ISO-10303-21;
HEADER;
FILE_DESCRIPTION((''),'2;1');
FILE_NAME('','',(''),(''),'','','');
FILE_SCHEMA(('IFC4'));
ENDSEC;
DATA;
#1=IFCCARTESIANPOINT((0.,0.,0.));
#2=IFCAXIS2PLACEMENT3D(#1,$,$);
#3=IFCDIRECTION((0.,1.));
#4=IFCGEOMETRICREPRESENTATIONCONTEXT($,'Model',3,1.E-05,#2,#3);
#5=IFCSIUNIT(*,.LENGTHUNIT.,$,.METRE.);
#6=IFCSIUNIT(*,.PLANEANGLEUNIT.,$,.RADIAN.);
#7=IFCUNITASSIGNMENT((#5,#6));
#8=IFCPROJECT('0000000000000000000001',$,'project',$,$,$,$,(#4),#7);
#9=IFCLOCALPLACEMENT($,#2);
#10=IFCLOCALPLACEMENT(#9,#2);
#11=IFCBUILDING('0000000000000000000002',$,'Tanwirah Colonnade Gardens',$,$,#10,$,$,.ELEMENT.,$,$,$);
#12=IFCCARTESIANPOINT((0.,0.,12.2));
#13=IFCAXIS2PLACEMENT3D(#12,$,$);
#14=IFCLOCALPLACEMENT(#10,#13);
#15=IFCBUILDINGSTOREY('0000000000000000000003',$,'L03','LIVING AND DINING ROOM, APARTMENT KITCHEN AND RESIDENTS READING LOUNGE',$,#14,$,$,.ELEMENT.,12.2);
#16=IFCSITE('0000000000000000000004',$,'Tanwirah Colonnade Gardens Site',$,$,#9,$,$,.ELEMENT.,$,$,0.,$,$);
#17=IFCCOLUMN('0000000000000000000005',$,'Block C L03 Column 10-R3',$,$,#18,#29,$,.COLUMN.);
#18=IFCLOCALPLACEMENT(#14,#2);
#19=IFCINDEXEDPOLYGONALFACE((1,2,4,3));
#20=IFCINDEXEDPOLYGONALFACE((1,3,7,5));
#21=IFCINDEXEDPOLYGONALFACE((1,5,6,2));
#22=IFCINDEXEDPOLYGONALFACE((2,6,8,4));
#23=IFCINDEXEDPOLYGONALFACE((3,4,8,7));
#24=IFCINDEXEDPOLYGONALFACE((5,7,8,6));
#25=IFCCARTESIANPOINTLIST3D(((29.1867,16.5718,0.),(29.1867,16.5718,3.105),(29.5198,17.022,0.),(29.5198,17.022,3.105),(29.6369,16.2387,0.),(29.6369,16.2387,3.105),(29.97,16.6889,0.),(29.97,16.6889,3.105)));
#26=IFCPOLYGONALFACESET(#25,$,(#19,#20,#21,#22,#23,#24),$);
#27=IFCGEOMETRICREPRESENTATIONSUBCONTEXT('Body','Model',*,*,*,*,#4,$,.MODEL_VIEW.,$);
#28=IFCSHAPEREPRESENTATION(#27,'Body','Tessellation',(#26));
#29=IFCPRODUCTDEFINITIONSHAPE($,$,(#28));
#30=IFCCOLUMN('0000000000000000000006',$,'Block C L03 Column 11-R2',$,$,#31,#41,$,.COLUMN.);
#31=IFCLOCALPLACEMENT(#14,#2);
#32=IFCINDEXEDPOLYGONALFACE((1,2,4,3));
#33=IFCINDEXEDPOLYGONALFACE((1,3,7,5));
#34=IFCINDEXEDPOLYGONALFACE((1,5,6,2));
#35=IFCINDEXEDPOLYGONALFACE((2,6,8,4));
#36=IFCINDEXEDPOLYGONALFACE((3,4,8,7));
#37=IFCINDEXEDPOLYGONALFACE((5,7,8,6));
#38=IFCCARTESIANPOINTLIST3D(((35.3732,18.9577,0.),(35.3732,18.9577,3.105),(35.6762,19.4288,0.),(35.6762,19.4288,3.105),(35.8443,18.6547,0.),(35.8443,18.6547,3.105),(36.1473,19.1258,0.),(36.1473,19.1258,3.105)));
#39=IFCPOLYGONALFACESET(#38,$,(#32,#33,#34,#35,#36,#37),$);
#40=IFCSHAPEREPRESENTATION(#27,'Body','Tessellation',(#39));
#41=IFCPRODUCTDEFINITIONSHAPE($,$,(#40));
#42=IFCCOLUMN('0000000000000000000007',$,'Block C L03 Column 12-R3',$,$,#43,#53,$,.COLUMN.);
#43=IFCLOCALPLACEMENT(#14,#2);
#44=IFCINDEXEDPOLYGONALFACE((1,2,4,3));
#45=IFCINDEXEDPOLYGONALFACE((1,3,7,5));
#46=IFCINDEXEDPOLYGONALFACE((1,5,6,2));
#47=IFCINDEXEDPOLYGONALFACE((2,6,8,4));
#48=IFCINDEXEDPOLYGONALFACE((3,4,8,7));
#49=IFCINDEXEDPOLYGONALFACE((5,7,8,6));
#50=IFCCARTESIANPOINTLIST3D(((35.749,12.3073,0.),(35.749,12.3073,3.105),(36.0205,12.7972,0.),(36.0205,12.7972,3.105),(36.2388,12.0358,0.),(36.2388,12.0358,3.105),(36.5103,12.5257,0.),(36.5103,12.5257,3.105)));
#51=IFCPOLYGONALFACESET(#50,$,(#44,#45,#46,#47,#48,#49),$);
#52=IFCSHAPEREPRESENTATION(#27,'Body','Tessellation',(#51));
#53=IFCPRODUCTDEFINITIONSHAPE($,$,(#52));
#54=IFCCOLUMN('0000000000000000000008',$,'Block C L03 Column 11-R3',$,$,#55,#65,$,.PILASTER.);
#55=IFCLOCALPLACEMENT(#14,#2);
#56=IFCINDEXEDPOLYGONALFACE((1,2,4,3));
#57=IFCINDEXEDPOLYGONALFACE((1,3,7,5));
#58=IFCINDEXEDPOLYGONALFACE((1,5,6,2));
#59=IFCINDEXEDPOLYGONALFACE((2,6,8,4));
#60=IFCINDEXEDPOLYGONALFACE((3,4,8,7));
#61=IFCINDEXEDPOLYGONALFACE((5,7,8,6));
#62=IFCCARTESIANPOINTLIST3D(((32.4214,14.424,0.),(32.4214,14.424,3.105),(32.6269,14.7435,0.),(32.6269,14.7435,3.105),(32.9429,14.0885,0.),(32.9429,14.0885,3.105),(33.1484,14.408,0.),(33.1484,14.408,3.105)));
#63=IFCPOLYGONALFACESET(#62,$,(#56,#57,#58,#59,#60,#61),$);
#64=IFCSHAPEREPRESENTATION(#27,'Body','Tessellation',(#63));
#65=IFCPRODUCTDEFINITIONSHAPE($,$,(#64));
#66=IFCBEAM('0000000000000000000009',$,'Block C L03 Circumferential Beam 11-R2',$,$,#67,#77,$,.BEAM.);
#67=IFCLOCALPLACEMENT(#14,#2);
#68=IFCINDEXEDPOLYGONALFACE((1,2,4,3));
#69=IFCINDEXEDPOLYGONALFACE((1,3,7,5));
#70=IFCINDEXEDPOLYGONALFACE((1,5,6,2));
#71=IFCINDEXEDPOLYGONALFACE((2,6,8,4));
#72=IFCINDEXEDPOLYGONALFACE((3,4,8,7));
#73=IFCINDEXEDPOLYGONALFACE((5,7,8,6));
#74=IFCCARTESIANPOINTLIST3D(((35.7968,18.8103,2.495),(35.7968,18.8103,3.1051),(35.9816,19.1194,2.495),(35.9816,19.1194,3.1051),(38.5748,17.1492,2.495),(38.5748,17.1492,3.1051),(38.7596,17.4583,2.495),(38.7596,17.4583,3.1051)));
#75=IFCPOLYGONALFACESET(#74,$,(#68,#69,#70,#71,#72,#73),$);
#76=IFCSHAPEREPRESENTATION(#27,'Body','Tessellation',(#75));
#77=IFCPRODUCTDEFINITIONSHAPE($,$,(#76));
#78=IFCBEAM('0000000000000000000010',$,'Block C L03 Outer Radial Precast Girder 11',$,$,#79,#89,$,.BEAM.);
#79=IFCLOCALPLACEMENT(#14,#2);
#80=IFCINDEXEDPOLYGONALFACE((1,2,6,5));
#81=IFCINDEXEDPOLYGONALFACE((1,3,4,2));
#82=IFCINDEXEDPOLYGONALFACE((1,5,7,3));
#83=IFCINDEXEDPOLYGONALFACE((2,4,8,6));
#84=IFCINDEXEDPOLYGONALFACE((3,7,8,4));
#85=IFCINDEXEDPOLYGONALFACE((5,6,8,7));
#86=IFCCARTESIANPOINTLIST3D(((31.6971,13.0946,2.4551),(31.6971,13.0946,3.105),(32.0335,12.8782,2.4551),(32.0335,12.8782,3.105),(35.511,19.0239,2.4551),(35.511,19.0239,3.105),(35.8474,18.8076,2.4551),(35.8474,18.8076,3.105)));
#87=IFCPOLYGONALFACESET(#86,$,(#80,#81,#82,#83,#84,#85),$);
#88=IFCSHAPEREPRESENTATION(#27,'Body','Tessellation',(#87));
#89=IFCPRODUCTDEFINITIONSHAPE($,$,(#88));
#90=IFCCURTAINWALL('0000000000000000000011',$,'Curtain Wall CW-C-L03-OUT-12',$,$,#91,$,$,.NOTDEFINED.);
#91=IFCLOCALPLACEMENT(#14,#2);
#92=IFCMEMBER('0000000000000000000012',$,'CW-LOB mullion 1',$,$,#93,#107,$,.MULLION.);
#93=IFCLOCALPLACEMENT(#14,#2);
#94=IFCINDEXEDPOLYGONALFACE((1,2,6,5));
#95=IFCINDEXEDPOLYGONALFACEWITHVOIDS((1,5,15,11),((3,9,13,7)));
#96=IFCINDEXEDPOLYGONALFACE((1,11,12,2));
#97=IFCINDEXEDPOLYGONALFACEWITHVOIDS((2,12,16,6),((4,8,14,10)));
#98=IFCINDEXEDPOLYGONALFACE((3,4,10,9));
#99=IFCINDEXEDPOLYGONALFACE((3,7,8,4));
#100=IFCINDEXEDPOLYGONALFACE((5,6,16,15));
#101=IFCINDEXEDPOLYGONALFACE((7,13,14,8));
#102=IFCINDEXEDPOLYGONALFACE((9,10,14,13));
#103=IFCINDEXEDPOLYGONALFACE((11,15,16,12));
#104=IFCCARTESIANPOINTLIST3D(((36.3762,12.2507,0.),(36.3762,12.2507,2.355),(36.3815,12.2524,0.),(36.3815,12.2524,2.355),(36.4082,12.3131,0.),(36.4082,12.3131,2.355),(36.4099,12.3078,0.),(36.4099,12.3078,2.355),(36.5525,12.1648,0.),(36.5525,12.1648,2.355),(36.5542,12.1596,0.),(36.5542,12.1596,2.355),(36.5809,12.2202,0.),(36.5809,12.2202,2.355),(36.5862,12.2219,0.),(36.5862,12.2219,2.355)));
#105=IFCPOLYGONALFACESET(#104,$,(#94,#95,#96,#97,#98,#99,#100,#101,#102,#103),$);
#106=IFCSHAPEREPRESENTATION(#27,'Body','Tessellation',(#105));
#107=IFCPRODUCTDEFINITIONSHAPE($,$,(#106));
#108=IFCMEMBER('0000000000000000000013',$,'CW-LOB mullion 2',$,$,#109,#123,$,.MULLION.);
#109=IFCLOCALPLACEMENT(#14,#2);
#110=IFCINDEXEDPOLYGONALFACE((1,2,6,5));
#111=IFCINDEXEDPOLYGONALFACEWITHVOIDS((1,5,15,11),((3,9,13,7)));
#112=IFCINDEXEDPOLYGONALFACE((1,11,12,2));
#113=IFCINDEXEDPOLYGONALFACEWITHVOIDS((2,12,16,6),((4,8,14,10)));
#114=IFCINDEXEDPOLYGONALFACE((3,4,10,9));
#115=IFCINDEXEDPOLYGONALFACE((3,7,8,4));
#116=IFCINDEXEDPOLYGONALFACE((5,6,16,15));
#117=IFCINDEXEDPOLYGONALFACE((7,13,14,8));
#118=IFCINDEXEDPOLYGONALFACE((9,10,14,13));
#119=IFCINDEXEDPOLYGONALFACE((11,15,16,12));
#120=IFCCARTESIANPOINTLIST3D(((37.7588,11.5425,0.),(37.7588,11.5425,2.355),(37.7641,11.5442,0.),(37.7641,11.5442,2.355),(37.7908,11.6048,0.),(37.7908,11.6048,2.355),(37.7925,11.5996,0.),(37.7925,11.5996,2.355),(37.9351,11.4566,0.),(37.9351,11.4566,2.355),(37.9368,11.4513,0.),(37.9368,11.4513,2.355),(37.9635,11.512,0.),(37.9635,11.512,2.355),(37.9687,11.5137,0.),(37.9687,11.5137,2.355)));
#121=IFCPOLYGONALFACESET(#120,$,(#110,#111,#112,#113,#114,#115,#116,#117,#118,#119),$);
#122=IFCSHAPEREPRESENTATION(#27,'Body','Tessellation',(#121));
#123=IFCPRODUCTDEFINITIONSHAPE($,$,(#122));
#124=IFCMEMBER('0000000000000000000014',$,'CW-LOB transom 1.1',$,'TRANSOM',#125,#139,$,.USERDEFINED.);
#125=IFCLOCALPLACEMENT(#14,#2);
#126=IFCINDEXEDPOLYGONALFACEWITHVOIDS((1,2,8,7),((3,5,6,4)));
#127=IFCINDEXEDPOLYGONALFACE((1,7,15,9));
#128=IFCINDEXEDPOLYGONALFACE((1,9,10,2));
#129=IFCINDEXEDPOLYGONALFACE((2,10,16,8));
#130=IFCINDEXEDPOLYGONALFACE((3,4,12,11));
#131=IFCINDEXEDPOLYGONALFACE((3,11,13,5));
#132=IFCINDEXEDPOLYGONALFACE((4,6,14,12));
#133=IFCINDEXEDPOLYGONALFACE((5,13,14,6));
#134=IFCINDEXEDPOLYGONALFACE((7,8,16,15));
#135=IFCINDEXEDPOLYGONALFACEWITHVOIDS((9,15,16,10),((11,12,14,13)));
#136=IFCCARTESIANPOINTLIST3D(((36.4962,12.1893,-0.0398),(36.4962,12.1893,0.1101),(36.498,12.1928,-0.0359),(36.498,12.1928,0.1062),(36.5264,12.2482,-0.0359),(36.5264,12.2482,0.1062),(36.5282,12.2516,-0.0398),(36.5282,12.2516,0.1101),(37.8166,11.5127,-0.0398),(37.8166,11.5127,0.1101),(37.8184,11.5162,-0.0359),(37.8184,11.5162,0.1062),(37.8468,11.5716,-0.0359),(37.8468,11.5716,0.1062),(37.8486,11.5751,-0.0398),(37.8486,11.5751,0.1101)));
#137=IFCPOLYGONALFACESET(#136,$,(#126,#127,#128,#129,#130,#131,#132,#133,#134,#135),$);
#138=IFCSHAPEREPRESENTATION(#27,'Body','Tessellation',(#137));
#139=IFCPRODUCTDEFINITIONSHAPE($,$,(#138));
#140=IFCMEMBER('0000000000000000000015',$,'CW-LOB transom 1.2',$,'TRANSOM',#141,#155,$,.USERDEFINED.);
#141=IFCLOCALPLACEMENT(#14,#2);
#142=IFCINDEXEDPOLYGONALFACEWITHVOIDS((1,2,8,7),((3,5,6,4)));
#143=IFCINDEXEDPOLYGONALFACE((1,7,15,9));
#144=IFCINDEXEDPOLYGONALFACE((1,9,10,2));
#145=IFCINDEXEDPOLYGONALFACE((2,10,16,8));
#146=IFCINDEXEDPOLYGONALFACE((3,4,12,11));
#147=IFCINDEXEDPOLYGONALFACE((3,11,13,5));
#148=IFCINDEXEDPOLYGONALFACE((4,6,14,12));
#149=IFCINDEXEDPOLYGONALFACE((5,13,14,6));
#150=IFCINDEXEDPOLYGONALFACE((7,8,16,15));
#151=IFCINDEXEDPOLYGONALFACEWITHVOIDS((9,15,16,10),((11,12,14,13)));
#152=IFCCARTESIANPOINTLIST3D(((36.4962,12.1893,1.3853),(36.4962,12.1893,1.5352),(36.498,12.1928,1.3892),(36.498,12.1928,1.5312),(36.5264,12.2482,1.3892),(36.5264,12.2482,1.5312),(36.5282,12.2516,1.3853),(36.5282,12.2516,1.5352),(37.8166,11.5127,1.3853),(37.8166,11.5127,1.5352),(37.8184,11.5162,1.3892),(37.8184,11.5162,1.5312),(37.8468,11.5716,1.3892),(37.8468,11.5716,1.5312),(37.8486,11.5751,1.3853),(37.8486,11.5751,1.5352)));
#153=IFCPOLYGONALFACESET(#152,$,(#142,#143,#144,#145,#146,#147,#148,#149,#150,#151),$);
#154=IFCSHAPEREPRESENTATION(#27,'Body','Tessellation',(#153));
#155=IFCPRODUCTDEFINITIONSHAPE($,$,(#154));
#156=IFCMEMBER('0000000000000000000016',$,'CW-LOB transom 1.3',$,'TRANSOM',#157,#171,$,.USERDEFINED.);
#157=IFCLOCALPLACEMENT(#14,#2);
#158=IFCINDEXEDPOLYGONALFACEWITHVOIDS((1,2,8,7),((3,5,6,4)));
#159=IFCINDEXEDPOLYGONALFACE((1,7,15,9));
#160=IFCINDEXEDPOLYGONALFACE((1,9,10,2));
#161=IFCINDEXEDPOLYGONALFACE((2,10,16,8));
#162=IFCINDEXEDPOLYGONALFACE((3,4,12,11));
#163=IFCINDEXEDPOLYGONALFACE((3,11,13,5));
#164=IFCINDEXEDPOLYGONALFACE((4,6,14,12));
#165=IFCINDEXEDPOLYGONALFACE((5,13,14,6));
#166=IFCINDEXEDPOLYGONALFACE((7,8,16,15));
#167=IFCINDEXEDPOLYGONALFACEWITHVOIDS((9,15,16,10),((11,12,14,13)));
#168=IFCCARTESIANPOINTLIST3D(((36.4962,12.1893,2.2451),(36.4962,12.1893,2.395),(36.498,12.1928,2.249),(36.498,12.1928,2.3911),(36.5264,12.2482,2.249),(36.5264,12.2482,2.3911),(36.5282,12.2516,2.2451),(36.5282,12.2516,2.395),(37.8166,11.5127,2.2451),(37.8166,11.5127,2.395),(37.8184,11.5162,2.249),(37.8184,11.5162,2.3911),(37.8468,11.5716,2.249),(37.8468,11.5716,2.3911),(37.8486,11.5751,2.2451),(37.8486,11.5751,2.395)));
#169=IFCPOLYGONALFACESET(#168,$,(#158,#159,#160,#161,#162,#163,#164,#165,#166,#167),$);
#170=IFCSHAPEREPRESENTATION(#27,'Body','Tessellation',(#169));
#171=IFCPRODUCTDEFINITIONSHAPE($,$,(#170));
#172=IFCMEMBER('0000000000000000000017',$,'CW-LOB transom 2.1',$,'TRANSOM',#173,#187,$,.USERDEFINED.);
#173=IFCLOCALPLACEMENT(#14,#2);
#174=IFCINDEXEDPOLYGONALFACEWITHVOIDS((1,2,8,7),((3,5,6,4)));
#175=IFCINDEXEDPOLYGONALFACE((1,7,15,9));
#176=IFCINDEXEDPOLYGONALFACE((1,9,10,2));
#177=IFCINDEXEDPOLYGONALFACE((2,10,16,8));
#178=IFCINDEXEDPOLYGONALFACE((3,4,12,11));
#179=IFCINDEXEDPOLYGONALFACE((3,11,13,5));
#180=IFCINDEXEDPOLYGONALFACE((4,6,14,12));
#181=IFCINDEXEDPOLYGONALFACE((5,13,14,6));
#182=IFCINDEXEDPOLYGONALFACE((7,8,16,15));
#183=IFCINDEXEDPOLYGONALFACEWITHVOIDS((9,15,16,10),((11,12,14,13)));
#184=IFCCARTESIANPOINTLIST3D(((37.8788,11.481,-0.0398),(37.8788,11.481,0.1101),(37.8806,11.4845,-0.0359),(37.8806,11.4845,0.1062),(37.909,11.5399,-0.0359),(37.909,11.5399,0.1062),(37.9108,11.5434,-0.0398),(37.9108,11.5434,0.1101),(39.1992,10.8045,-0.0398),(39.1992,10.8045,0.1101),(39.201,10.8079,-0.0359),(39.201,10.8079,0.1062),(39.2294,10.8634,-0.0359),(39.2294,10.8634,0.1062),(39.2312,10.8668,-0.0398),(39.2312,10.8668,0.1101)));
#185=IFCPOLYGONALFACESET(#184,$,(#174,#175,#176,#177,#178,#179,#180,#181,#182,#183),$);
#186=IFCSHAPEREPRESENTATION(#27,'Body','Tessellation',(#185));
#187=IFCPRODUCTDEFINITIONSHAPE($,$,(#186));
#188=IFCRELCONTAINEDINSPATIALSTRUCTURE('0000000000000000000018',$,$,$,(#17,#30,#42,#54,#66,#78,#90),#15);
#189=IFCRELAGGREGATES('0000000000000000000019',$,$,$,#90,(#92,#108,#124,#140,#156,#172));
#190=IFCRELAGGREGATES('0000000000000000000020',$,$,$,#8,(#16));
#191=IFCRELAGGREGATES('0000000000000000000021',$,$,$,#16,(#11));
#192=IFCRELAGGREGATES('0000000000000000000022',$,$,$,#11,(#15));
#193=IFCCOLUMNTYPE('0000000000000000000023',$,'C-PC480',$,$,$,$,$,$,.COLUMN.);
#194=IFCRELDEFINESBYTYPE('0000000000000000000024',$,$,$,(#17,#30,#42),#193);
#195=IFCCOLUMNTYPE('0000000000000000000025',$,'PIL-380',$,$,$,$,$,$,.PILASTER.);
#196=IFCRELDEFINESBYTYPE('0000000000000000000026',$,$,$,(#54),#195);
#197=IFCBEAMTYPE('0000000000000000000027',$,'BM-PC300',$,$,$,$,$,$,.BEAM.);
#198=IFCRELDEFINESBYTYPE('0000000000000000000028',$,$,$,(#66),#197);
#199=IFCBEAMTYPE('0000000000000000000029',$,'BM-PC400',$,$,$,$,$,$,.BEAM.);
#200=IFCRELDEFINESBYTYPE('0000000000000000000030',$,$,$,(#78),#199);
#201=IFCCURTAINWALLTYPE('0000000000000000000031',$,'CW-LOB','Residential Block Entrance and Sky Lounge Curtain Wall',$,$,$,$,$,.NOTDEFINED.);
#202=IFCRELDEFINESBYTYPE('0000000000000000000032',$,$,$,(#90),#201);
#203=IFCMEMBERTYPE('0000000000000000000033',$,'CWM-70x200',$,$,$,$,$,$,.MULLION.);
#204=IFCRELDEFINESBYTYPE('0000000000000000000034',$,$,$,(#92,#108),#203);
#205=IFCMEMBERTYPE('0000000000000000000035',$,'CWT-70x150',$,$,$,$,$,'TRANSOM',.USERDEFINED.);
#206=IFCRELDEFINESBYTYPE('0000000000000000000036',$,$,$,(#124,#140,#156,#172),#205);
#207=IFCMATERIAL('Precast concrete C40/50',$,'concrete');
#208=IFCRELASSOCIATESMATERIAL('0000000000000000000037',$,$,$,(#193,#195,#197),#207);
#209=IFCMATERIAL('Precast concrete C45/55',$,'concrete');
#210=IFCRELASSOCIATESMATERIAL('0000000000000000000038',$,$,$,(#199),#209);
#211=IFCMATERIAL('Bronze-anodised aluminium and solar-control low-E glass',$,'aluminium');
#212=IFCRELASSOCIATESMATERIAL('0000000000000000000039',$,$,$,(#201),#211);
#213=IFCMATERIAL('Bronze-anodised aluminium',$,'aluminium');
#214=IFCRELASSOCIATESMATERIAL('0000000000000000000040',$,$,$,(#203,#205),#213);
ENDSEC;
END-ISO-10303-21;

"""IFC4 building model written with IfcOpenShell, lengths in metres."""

from ifc_helpers import new_model, si_unit, direction, frame, origin, origin_2d, place, context, subcontext, project, spatial, rectangle, hollow_rectangle, extrude, material, material_profile, profile_set, type_object, element, aggregate, save


model = new_model("IFC4")

# Units and contexts
model_context = context("Model", 3, precision=1e-05, world=origin(), true_north=direction((0.0, 1.0)))
body_context = subcontext(model_context, "Body", "Model", "MODEL_VIEW")
ifc_project = project(units=[si_unit("LENGTHUNIT", "METRE"), si_unit("PLANEANGLEUNIT", "RADIAN")], contexts=[model_context])

# Site, building, storey
site_placement = place(None, origin())
site = spatial("IfcSite", under=ifc_project, at=site_placement, Name="Tanwirah Colonnade Gardens Site", CompositionType="ELEMENT", RefElevation=0.0)
building_placement = place(site_placement, origin())
building = spatial("IfcBuilding", under=site, at=building_placement, Name="Tanwirah Colonnade Gardens", CompositionType="ELEMENT")
storey_placement = place(building_placement, frame((0.0, 0.0, 12.2)))
storey = spatial("IfcBuildingStorey", under=building, at=storey_placement, Name="L03", Description="LIVING AND DINING ROOM, APARTMENT KITCHEN AND RESIDENTS READING LOUNGE", CompositionType="ELEMENT", Elevation=12.2)

# Columns
ifc_material_1 = material(Name="Precast concrete C40/50", Category="concrete")
ifc_material_profile_1 = material_profile(ifc_material_1, rectangle(XDim=0.5601, YDim=0.5601, at=origin_2d()), Name="PC-COL 560x560")
ifc_profile_set_1 = profile_set([ifc_material_profile_1], Name="Precast concrete C40/50")
column_type_1 = type_object("IfcColumnType", Name="C-PC480", PredefinedType="COLUMN", material=ifc_profile_set_1)
for number, where, z_axis, x_axis, name in (
    (1, (29.5784, 16.6304, 0.0), (0.0, 0.0, 1.0), (-0.594823, -0.803857, 0.0), "Block C L03 Column 10-R3"),
    (2, (35.7603, 19.0417, 0.0), (0.0, 0.0, 1.0), (-0.540974, -0.841039, 0.0), "Block C L03 Column 11-R2"),
    (3, (36.1296, 12.4165, 0.0), (0.0, 0.0, 1.0), (-0.48481, -0.87462, 0.0), "Block C L03 Column 12-R3"),
):
    element("IfcColumn", number, at=place(storey_placement, frame(where, z_axis=z_axis, x_axis=x_axis)), inside=storey, type_object=column_type_1, Name=name, PredefinedType="COLUMN", context=body_context, shape_type="SweptSolid", body=[
        extrude(rectangle(XDim=0.5601, YDim=0.5601, at=origin_2d()), origin(), (0.0, 0.0, 1.0), 3.105),
    ])
ifc_material_profile_2 = material_profile(ifc_material_1, rectangle(XDim=0.3799, YDim=0.6201, at=origin_2d()), Name="PC-PIL 380x620")
ifc_profile_set_2 = profile_set([ifc_material_profile_2], Name="Precast concrete C40/50")
column_type_2 = type_object("IfcColumnType", Name="PIL-380", PredefinedType="PILASTER", material=ifc_profile_set_2)
column_placement = place(storey_placement, frame((32.7849, 14.416, 0.0), z_axis=(0.0, 0.0, 1.0), x_axis=(-0.540974, -0.841039, 0.0)))
element("IfcColumn", 4, at=column_placement, inside=storey, type_object=column_type_2, Name="Block C L03 Column 11-R3", PredefinedType="PILASTER", context=body_context, shape_type="SweptSolid", body=[
    extrude(rectangle(XDim=0.3799, YDim=0.6201, at=origin_2d()), origin(), (0.0, 0.0, 1.0), 3.105),
])

# Beams
ifc_material_profile_3 = material_profile(ifc_material_1, rectangle(XDim=0.3601, YDim=0.6101, at=origin_2d()), Name="PC-BM 360x610")
ifc_profile_set_3 = profile_set([ifc_material_profile_3], Name="Precast concrete C40/50")
beam_type_1 = type_object("IfcBeamType", Name="BM-PC300", PredefinedType="BEAM", material=ifc_profile_set_3)
beam_1_placement = place(storey_placement, frame((35.8892, 18.9648, 2.8), z_axis=(0.858271, -0.513197, 0.0), x_axis=(0.513197, 0.858271, 0.0)))
element("IfcBeam", 5, at=beam_1_placement, inside=storey, type_object=beam_type_1, Name="Block C L03 Circumferential Beam 11-R2", PredefinedType="BEAM", context=body_context, shape_type="SweptSolid", body=[
    extrude(rectangle(XDim=0.3601, YDim=0.6101, at=origin_2d()), origin(), (0.0, 0.0, 1.0), 3.2368),
])
ifc_material_2 = material(Name="Precast concrete C45/55", Category="concrete")
ifc_material_profile_4 = material_profile(ifc_material_2, rectangle(XDim=0.3999, YDim=0.6499, at=origin_2d()), Name="PC-BM 400x650")
ifc_profile_set_4 = profile_set([ifc_material_profile_4], Name="Precast concrete C45/55")
beam_type_2 = type_object("IfcBeamType", Name="BM-PC400", PredefinedType="BEAM", material=ifc_profile_set_4)
beam_2_placement = place(storey_placement, frame((35.6792, 18.9158, 2.78), z_axis=(-0.540976, -0.841038, 0.0), x_axis=(0.841038, -0.540976, 0.0)))
element("IfcBeam", 6, at=beam_2_placement, inside=storey, type_object=beam_type_2, Name="Block C L03 Outer Radial Precast Girder 11", PredefinedType="BEAM", context=body_context, shape_type="SweptSolid", body=[
    extrude(rectangle(XDim=0.3999, YDim=0.6499, at=origin_2d()), origin(), (0.0, 0.0, 1.0), 7.05),
])

# Curtain wall, members
ifc_material_3 = material(Name="Bronze-anodised aluminium and solar-control low-E glass", Category="aluminium")
curtain_wall_type = type_object("IfcCurtainWallType", Name="CW-LOB", Description="Residential Block Entrance and Sky Lounge Curtain Wall", PredefinedType="NOTDEFINED", material=ifc_material_3)
curtain_wall_placement = place(storey_placement, origin())
curtain_wall = element("IfcCurtainWall", 7, at=curtain_wall_placement, inside=storey, type_object=curtain_wall_type, Name="Curtain Wall CW-C-L03-OUT-12", PredefinedType="NOTDEFINED")
ifc_material_4 = material(Name="Bronze-anodised aluminium", Category="aluminium")
ifc_material_profile_5 = material_profile(ifc_material_4, hollow_rectangle(XDim=0.0701, YDim=0.2, WallThickness=0.0039, at=origin_2d()), Name="CW-MUL 70x200x4")
ifc_profile_set_5 = profile_set([ifc_material_profile_5], Name="Bronze-anodised aluminium")
member_type_1 = type_object("IfcMemberType", Name="CWM-70x200", PredefinedType="MULLION", material=ifc_profile_set_5)
member_1_placement = place(storey_placement, frame((36.4812, 12.2363, 0.0), z_axis=(0.0, 0.0, 1.0), x_axis=(0.455933, 0.890014, 0.0)))
member_1 = element("IfcMember", 8, at=member_1_placement, type_object=member_type_1, Name="CW-LOB mullion 1", PredefinedType="MULLION", context=body_context, shape_type="SweptSolid", body=[
    extrude(hollow_rectangle(XDim=0.0701, YDim=0.2, WallThickness=0.0039, at=origin_2d()), origin(), (0.0, 0.0, 1.0), 2.355),
])
member_2_placement = place(storey_placement, frame((37.8638, 11.5281, 0.0), z_axis=(0.0, 0.0, 1.0), x_axis=(0.455933, 0.890014, 0.0)))
member_2 = element("IfcMember", 9, at=member_2_placement, type_object=member_type_1, Name="CW-LOB mullion 2", PredefinedType="MULLION", context=body_context, shape_type="SweptSolid", body=[
    extrude(hollow_rectangle(XDim=0.0701, YDim=0.2, WallThickness=0.0039, at=origin_2d()), origin(), (0.0, 0.0, 1.0), 2.355),
])
ifc_material_profile_6 = material_profile(ifc_material_4, hollow_rectangle(XDim=0.0701, YDim=0.1499, WallThickness=0.0039, at=origin_2d()), Name="CW-TRN 70x150x4")
ifc_profile_set_6 = profile_set([ifc_material_profile_6], Name="Bronze-anodised aluminium")
member_type_2 = type_object("IfcMemberType", Name="CWT-70x150", ElementType="TRANSOM", PredefinedType="USERDEFINED", material=ifc_profile_set_6)
member_3_placement = place(storey_placement, frame((36.5122, 12.2205, 0.0352), z_axis=(0.889973, -0.456013, 0.0), x_axis=(0.456013, 0.889973, 0.0)))
member_3 = element("IfcMember", 10, at=member_3_placement, type_object=member_type_2, Name="CW-LOB transom 1.1", ObjectType="TRANSOM", PredefinedType="USERDEFINED", context=body_context, shape_type="SweptSolid", body=[
    extrude(hollow_rectangle(XDim=0.0701, YDim=0.1499, WallThickness=0.0039, at=origin_2d()), origin(), (0.0, 0.0, 1.0), 1.4836),
])
member_4_placement = place(storey_placement, frame((36.5122, 12.2205, 1.4602), z_axis=(0.889973, -0.456013, 0.0), x_axis=(0.456013, 0.889973, 0.0)))
member_4 = element("IfcMember", 11, at=member_4_placement, type_object=member_type_2, Name="CW-LOB transom 1.2", ObjectType="TRANSOM", PredefinedType="USERDEFINED", context=body_context, shape_type="SweptSolid", body=[
    extrude(hollow_rectangle(XDim=0.0701, YDim=0.1499, WallThickness=0.0039, at=origin_2d()), origin(), (0.0, 0.0, 1.0), 1.4836),
])
member_5_placement = place(storey_placement, frame((36.5122, 12.2205, 2.3201), z_axis=(0.889973, -0.456013, 0.0), x_axis=(0.456013, 0.889973, 0.0)))
member_5 = element("IfcMember", 12, at=member_5_placement, type_object=member_type_2, Name="CW-LOB transom 1.3", ObjectType="TRANSOM", PredefinedType="USERDEFINED", context=body_context, shape_type="SweptSolid", body=[
    extrude(hollow_rectangle(XDim=0.0701, YDim=0.1499, WallThickness=0.0039, at=origin_2d()), origin(), (0.0, 0.0, 1.0), 1.4836),
])
member_6_placement = place(storey_placement, frame((37.8948, 11.5122, 0.0352), z_axis=(0.889973, -0.456013, 0.0), x_axis=(0.456013, 0.889973, 0.0)))
member_6 = element("IfcMember", 13, at=member_6_placement, type_object=member_type_2, Name="CW-LOB transom 2.1", ObjectType="TRANSOM", PredefinedType="USERDEFINED", context=body_context, shape_type="SweptSolid", body=[
    extrude(hollow_rectangle(XDim=0.0701, YDim=0.1499, WallThickness=0.0039, at=origin_2d()), origin(), (0.0, 0.0, 1.0), 1.4836),
])

aggregate(curtain_wall, [member_1, member_2, member_3, member_4, member_5, member_6])

save(model, "model.ifc")
